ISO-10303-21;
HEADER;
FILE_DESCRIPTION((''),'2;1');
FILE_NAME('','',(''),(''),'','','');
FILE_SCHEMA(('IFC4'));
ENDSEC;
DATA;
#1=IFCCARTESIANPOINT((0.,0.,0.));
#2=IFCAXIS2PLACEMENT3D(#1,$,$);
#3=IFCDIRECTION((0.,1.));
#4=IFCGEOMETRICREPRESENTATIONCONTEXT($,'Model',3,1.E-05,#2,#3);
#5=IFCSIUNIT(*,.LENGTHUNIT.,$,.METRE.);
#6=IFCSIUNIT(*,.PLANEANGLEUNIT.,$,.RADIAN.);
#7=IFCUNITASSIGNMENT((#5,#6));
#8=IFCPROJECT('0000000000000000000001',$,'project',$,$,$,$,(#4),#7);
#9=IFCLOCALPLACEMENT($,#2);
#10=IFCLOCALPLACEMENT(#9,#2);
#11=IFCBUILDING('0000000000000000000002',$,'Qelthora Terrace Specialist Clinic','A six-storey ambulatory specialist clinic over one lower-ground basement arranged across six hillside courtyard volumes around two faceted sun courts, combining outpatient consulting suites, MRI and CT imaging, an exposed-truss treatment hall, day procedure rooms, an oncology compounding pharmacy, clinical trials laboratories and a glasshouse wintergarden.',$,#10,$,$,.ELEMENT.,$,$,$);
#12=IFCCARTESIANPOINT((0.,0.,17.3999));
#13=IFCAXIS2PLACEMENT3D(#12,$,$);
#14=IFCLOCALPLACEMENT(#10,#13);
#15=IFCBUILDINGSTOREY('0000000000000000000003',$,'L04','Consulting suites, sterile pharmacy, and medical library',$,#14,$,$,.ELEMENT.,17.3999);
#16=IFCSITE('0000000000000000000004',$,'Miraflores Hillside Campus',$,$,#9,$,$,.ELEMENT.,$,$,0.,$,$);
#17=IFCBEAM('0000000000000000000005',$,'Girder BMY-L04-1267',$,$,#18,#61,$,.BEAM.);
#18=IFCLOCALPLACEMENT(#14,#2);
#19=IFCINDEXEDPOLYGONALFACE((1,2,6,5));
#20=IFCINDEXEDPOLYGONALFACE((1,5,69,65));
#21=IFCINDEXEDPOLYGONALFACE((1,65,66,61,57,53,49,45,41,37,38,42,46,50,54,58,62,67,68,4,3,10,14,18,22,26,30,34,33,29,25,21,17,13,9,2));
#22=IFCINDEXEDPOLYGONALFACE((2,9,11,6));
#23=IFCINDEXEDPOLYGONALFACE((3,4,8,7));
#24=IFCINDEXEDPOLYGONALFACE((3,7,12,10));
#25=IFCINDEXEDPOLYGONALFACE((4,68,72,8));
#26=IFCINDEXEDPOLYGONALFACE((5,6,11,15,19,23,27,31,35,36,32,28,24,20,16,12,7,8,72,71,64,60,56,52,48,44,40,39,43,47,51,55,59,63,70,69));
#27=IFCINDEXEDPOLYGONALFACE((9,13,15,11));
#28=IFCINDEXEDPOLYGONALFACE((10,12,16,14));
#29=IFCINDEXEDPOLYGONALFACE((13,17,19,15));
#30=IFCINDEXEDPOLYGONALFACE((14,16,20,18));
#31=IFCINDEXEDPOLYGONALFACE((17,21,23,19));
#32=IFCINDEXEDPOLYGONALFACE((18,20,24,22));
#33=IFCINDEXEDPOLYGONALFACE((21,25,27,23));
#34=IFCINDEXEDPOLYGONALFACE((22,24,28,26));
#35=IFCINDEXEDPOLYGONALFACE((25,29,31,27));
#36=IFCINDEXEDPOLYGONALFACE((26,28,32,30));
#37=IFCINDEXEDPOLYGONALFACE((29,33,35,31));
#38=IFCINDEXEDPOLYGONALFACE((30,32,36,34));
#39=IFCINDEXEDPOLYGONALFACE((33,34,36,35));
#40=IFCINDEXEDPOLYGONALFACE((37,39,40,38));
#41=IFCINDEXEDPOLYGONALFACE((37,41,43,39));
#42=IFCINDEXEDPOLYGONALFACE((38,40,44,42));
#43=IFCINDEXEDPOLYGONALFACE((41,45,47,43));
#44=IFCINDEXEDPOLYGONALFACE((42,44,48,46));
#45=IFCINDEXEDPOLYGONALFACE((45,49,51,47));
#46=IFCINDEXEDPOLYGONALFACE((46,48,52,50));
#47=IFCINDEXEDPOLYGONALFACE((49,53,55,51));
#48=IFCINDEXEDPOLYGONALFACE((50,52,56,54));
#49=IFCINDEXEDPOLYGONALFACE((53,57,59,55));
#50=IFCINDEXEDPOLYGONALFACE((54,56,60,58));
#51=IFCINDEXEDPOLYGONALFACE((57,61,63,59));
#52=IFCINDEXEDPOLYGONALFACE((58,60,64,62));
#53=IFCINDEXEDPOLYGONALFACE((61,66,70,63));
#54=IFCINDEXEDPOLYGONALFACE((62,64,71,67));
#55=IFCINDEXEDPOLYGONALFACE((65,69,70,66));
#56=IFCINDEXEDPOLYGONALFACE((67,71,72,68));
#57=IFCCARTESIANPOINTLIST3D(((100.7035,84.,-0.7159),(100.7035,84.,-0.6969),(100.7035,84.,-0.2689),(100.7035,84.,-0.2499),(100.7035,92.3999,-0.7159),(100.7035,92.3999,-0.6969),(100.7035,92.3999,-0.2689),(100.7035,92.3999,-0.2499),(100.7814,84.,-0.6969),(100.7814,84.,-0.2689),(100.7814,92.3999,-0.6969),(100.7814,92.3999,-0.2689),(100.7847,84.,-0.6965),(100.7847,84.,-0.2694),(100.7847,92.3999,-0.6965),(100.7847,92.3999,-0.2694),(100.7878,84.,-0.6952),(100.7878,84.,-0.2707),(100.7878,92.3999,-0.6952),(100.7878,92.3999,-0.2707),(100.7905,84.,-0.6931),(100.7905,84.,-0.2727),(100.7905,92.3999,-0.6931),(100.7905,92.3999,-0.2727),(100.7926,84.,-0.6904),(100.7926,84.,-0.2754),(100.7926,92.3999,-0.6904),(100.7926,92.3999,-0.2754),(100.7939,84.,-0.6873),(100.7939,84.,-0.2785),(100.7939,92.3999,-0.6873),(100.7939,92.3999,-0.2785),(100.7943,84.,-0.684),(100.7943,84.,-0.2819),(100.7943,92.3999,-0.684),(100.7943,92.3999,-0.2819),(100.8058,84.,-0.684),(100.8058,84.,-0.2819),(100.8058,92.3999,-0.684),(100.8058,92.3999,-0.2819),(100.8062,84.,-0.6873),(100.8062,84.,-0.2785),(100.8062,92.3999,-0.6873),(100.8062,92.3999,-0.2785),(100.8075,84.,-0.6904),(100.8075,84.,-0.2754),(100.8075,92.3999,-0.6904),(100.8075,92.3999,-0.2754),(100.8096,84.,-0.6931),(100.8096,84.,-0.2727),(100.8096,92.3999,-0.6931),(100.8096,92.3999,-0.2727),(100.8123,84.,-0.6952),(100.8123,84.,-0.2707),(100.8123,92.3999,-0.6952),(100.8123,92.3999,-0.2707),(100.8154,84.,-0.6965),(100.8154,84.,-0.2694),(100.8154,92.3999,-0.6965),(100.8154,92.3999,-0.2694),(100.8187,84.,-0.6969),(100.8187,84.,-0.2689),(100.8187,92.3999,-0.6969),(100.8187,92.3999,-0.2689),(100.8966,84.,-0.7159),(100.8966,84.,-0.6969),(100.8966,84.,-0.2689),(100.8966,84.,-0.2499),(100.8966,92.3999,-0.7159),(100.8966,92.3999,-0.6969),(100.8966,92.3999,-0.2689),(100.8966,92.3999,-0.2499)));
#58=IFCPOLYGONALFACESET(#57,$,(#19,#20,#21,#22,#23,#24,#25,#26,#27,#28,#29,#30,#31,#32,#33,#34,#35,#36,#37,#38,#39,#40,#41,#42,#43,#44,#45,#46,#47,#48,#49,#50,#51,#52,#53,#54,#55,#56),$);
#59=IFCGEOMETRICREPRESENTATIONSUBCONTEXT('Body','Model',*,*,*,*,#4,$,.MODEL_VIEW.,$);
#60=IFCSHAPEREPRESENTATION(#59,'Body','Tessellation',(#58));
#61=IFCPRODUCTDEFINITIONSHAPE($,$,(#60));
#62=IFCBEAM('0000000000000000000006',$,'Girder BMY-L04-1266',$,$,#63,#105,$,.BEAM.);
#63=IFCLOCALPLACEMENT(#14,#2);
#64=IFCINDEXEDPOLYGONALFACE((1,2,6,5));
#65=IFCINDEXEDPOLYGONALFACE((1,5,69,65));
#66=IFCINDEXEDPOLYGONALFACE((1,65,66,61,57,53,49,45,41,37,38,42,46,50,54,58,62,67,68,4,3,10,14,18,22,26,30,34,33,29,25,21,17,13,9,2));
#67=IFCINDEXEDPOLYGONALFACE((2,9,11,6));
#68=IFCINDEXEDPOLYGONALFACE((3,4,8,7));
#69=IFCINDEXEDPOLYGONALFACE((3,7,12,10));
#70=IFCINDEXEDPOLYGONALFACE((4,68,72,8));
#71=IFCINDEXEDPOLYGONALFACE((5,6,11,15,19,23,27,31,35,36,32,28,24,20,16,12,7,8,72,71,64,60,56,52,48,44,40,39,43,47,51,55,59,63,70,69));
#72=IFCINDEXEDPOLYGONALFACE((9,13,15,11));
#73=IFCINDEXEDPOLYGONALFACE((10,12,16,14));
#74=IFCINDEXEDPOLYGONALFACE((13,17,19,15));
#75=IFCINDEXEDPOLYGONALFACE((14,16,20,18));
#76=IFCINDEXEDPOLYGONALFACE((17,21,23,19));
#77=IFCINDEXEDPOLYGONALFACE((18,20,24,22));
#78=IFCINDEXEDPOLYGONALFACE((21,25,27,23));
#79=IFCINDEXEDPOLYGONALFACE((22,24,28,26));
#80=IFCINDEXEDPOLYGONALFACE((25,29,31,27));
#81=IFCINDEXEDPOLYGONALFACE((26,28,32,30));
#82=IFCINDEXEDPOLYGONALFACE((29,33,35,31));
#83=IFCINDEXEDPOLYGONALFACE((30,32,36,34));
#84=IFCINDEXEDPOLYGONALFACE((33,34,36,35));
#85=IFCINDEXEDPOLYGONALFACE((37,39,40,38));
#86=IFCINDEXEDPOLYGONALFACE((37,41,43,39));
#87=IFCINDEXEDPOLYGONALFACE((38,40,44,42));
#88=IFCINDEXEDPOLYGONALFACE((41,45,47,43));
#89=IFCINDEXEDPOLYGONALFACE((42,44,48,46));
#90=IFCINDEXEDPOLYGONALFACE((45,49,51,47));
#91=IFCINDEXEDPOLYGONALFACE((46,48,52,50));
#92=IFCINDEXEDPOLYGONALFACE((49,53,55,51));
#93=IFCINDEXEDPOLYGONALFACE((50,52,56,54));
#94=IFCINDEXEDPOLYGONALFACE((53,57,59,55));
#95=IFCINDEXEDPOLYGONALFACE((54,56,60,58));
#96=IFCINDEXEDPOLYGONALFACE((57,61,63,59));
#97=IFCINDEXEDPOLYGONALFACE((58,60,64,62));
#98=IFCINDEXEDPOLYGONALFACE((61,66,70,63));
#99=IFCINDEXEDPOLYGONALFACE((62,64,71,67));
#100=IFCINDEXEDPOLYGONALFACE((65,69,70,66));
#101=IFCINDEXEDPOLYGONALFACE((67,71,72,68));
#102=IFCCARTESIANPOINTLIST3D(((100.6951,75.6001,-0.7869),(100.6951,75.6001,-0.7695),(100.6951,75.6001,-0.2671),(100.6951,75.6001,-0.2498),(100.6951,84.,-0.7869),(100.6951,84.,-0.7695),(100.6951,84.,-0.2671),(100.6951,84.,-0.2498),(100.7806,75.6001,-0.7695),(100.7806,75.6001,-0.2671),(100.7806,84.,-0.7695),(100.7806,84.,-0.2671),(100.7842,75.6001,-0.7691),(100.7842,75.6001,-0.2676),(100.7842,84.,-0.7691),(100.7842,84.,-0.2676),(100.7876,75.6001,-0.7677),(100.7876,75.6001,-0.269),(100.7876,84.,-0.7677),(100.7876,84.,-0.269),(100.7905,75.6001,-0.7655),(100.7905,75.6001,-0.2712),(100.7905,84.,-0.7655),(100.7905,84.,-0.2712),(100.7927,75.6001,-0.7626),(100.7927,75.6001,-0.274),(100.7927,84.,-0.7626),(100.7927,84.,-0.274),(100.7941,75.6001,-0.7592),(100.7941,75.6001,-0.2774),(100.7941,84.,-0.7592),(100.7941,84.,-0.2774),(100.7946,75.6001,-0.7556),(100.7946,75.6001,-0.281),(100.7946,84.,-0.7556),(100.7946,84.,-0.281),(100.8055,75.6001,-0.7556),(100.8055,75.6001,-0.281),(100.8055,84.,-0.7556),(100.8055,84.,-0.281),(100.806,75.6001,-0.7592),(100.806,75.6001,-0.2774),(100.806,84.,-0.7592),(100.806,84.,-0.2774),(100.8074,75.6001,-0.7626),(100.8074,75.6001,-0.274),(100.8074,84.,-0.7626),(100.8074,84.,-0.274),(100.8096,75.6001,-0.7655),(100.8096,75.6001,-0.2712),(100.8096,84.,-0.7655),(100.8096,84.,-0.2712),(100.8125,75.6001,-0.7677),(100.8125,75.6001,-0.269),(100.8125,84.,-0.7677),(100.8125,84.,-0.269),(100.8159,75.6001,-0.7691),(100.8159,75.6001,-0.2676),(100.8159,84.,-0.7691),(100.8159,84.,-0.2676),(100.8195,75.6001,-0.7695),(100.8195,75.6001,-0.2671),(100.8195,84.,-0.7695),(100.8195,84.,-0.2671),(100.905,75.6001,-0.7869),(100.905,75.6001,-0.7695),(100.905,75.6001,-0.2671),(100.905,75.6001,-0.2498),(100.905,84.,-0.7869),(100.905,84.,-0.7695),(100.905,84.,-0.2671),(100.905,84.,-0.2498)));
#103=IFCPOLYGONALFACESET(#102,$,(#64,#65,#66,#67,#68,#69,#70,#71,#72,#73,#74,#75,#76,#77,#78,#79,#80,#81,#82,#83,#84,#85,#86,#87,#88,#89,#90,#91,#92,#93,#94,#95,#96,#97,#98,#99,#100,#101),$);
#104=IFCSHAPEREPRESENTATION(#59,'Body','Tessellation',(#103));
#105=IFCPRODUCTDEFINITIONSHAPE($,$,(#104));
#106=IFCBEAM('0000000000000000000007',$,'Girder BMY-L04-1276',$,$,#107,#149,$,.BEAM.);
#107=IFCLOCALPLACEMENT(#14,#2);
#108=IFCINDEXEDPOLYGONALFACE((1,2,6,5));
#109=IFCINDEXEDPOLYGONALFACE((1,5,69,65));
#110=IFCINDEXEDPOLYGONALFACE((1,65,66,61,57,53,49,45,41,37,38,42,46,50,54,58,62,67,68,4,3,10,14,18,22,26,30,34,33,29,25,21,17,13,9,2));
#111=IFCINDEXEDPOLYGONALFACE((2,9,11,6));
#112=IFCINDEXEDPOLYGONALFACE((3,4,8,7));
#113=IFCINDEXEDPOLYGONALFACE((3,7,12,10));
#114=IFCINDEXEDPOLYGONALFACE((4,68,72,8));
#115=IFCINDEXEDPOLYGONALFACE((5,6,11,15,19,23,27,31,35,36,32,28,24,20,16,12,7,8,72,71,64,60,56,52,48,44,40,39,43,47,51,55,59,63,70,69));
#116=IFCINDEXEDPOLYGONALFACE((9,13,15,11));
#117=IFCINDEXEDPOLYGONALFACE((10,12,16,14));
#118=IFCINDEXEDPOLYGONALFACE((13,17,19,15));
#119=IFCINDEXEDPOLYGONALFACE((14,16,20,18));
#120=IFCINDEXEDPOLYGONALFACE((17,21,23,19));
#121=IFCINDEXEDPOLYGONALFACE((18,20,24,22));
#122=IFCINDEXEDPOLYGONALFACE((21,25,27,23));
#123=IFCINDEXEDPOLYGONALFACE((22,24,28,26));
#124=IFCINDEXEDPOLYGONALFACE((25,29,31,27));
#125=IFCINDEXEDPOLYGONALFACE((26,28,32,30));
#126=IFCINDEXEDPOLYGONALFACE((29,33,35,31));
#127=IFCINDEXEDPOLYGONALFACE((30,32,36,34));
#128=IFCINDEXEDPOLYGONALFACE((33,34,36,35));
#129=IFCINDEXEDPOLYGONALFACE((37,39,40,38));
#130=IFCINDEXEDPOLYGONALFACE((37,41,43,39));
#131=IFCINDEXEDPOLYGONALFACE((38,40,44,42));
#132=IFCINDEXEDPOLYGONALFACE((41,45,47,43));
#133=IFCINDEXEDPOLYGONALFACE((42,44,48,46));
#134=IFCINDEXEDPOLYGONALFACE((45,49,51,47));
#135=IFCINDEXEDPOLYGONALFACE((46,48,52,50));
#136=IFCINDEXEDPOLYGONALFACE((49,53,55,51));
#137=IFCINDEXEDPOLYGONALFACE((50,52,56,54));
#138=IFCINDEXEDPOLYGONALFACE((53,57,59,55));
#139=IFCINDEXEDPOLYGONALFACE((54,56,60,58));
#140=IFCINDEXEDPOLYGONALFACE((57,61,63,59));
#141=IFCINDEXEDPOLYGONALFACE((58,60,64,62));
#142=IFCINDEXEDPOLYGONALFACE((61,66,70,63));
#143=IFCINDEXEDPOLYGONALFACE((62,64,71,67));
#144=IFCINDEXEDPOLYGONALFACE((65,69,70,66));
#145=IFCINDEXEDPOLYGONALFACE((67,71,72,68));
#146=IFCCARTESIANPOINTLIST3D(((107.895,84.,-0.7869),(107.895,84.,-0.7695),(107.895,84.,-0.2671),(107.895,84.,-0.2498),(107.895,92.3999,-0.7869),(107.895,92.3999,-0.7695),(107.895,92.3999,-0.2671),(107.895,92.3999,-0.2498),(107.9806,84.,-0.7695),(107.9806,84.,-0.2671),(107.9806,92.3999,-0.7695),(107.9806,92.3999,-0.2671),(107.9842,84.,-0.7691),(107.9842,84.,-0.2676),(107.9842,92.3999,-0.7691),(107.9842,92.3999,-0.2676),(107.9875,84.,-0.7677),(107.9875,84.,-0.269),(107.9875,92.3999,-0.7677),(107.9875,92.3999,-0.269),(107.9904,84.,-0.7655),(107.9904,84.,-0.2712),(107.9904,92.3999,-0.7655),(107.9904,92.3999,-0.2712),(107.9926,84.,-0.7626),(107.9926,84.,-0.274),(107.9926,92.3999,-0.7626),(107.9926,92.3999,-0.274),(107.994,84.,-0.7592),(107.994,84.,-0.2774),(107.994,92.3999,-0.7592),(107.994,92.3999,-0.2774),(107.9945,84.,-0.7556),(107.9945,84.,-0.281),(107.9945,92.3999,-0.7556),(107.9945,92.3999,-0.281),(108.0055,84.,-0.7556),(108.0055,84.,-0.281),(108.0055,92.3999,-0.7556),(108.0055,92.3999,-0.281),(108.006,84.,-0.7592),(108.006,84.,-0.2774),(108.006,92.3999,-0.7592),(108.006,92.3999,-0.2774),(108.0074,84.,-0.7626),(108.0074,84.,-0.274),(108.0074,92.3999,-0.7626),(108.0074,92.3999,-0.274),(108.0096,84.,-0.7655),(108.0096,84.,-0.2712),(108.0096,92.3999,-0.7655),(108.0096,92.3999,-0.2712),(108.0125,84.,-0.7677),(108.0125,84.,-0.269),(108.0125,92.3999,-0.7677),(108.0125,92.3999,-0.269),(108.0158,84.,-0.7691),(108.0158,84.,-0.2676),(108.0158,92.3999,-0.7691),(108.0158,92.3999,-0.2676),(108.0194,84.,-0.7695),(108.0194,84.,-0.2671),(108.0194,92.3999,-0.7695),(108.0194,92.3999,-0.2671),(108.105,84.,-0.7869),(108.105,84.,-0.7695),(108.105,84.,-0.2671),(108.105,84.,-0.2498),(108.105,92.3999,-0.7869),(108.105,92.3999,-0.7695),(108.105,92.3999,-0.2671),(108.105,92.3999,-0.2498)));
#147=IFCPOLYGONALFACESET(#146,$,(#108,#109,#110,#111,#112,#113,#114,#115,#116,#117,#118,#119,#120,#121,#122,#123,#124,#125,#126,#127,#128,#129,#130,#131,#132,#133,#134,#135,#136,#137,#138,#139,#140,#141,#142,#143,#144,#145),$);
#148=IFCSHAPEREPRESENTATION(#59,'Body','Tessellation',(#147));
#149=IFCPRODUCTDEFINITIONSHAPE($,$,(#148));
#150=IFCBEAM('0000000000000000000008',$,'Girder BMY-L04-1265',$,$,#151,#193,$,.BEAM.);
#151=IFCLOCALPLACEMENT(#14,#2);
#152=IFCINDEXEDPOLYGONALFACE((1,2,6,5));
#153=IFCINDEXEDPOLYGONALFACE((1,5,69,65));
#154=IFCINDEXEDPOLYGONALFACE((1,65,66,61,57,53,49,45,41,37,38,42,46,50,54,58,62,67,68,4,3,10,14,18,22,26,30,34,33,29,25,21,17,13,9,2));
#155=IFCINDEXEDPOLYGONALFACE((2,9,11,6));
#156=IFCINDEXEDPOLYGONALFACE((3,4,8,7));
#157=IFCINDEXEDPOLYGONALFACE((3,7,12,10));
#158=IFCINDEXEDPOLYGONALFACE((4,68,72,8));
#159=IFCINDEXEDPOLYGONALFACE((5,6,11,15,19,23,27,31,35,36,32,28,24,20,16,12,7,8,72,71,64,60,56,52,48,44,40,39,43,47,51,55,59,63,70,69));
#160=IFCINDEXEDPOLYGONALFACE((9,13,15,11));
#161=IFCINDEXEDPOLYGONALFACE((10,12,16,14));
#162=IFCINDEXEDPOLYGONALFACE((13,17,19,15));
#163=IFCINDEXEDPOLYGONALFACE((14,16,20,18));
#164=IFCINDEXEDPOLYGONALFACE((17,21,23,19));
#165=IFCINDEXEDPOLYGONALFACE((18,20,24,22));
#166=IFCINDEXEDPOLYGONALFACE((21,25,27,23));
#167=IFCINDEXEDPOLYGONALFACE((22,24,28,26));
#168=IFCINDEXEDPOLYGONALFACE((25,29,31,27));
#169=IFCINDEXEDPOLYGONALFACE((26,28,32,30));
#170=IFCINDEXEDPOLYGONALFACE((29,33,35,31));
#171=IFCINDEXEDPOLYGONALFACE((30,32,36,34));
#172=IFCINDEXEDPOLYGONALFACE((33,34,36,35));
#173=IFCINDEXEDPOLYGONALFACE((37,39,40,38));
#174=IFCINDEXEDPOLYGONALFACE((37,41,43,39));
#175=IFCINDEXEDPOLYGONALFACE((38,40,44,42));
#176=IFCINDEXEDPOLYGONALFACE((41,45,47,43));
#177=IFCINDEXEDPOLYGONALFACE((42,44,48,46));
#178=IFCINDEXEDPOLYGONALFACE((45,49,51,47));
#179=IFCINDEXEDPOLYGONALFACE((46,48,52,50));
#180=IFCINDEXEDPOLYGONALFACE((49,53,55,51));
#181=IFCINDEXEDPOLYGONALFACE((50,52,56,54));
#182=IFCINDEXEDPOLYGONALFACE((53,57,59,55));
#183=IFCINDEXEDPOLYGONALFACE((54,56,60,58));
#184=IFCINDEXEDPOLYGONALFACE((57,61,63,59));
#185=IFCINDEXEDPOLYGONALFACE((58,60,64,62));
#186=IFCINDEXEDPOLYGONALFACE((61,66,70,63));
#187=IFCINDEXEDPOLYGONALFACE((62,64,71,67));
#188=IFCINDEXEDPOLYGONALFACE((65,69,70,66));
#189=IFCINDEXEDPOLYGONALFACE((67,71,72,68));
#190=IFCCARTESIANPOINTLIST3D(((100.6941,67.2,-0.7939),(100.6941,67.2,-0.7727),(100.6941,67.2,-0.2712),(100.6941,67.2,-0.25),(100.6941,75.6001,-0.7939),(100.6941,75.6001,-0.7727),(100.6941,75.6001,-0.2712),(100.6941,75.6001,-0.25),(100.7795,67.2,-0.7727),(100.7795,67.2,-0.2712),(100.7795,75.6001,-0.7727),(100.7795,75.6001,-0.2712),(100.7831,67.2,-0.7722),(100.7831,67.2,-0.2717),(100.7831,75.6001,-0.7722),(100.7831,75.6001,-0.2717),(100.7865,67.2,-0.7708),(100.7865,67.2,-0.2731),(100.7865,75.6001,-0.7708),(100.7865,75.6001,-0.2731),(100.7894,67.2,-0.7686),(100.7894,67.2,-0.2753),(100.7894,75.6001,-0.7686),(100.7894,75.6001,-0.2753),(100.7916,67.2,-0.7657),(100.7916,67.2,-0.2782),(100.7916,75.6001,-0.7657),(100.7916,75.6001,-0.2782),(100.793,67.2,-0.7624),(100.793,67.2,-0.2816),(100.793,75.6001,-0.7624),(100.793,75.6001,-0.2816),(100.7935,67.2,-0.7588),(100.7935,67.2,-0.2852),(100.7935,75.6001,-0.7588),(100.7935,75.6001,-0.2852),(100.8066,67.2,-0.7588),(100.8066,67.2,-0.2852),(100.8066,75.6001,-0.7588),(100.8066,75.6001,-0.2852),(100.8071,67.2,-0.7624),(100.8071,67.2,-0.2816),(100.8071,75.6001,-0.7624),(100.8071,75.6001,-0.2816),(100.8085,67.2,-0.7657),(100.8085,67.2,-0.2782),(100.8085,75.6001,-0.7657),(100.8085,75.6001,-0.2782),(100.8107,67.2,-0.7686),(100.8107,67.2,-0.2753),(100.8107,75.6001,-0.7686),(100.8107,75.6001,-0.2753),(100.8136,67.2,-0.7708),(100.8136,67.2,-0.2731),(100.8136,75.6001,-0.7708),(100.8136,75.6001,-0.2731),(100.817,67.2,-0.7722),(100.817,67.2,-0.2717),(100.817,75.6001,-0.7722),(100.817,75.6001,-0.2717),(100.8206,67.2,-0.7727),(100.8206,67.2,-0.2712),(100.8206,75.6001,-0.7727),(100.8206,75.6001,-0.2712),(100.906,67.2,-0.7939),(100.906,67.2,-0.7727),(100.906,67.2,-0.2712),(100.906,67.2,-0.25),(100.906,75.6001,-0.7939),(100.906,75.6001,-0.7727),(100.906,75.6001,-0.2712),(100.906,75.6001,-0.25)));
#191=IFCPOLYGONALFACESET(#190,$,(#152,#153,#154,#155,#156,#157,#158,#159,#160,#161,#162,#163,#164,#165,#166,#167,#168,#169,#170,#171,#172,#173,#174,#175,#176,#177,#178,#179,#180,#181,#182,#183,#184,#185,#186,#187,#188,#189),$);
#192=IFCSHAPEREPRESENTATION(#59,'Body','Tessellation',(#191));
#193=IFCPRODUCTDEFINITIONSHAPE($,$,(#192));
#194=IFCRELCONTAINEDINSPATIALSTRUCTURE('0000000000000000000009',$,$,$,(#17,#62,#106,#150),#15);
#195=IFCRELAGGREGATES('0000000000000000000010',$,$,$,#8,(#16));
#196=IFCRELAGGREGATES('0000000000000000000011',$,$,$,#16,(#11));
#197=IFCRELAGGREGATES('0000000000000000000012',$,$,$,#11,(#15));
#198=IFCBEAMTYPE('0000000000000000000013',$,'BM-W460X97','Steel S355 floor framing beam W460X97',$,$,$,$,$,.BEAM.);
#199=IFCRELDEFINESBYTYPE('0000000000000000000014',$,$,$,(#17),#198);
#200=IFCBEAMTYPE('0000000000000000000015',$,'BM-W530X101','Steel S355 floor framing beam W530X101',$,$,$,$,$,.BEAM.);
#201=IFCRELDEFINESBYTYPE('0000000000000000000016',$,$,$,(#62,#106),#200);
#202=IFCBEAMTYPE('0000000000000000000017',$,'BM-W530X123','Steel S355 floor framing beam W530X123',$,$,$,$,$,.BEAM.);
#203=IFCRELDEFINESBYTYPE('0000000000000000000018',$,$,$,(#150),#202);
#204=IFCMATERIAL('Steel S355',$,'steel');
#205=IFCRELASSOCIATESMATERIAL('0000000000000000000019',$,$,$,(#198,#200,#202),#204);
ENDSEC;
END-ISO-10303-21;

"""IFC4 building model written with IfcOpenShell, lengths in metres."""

from ifc_helpers import new_model, si_unit, direction, frame, origin, origin_2d, place, context, subcontext, project, spatial, i_section, extrude, material, material_profile, profile_set, type_object, element, save


model = new_model("IFC4")

# Units and contexts
model_context = context("Model", 3, precision=1e-05, world=origin(), true_north=direction((0.0, 1.0)))
body_context = subcontext(model_context, "Body", "Model", "MODEL_VIEW")
ifc_project = project(units=[si_unit("LENGTHUNIT", "METRE"), si_unit("PLANEANGLEUNIT", "RADIAN")], contexts=[model_context])

# Site, building, storey
site_placement = place(None, origin())
site = spatial("IfcSite", under=ifc_project, at=site_placement, Name="Miraflores Hillside Campus", CompositionType="ELEMENT", RefElevation=0.0)
building_placement = place(site_placement, origin())
building = spatial("IfcBuilding", under=site, at=building_placement, Name="Qelthora Terrace Specialist Clinic", Description="A six-storey ambulatory specialist clinic over one lower-ground basement arranged across six hillside courtyard volumes around two faceted sun courts, combining outpatient consulting suites, MRI and CT imaging, an exposed-truss treatment hall, day procedure rooms, an oncology compounding pharmacy, clinical trials laboratories and a glasshouse wintergarden.", CompositionType="ELEMENT")
storey_placement = place(building_placement, frame((0.0, 0.0, 17.3999)))
storey = spatial("IfcBuildingStorey", under=building, at=storey_placement, Name="L04", Description="Consulting suites, sterile pharmacy, and medical library", CompositionType="ELEMENT", Elevation=17.3999)

# Beams
ifc_material_1 = material(Name="Steel S355", Category="steel")
ifc_material_profile_1 = material_profile(ifc_material_1, i_section(OverallWidth=0.1931, OverallDepth=0.4661, WebThickness=0.0115, FlangeThickness=0.019, FilletRadius=0.0129, at=origin_2d()), Name="W460X97")
ifc_profile_set_1 = profile_set([ifc_material_profile_1], Name="Steel S355")
beam_type_1 = type_object("IfcBeamType", Name="BM-W460X97", Description="Steel S355 floor framing beam W460X97", PredefinedType="BEAM", material=ifc_profile_set_1)
beam_1_placement = place(storey_placement, frame((100.8, 84.0, -0.4829), z_axis=(0.0, 1.0, 0.0), x_axis=(-1.0, 0.0, 0.0)))
element("IfcBeam", 1, at=beam_1_placement, inside=storey, type_object=beam_type_1, Name="Girder BMY-L04-1267", PredefinedType="BEAM", context=body_context, shape_type="SweptSolid", body=[
    extrude(i_section(OverallWidth=0.1931, OverallDepth=0.4661, WebThickness=0.0115, FlangeThickness=0.019, FilletRadius=0.0129, at=origin_2d()), origin(), (0.0, 0.0, 1.0), 8.3999),
])
ifc_material_profile_2 = material_profile(ifc_material_1, i_section(OverallWidth=0.21, OverallDepth=0.5371, WebThickness=0.011, FlangeThickness=0.0173, FilletRadius=0.0139, at=origin_2d()), Name="W530X101")
ifc_profile_set_2 = profile_set([ifc_material_profile_2], Name="Steel S355")
beam_type_2 = type_object("IfcBeamType", Name="BM-W530X101", Description="Steel S355 floor framing beam W530X101", PredefinedType="BEAM", material=ifc_profile_set_2)
for number, where, z_axis, x_axis, name in (
    (2, (100.8, 75.6001, -0.5183), (0.0, 1.0, 0.0), (-1.0, 0.0, 0.0), "Girder BMY-L04-1266"),
    (3, (108.0, 84.0, -0.5183), (0.0, 1.0, 0.0), (-1.0, 0.0, 0.0), "Girder BMY-L04-1276"),
):
    element("IfcBeam", number, at=place(storey_placement, frame(where, z_axis=z_axis, x_axis=x_axis)), inside=storey, type_object=beam_type_2, Name=name, PredefinedType="BEAM", context=body_context, shape_type="SweptSolid", body=[
        extrude(i_section(OverallWidth=0.21, OverallDepth=0.5371, WebThickness=0.011, FlangeThickness=0.0173, FilletRadius=0.0139, at=origin_2d()), origin(), (0.0, 0.0, 1.0), 8.3999),
    ])
ifc_material_profile_3 = material_profile(ifc_material_1, i_section(OverallWidth=0.2119, OverallDepth=0.5439, WebThickness=0.0132, FlangeThickness=0.0212, FilletRadius=0.0139, at=origin_2d()), Name="W530X123")
ifc_profile_set_3 = profile_set([ifc_material_profile_3], Name="Steel S355")
beam_type_3 = type_object("IfcBeamType", Name="BM-W530X123", Description="Steel S355 floor framing beam W530X123", PredefinedType="BEAM", material=ifc_profile_set_3)
beam_2_placement = place(storey_placement, frame((100.8, 67.2, -0.522), z_axis=(0.0, 1.0, 0.0), x_axis=(-1.0, 0.0, 0.0)))
element("IfcBeam", 4, at=beam_2_placement, inside=storey, type_object=beam_type_3, Name="Girder BMY-L04-1265", PredefinedType="BEAM", context=body_context, shape_type="SweptSolid", body=[
    extrude(i_section(OverallWidth=0.2119, OverallDepth=0.5439, WebThickness=0.0132, FlangeThickness=0.0212, FilletRadius=0.0139, at=origin_2d()), origin(), (0.0, 0.0, 1.0), 8.4001),
])

save(model, "model.ifc")
